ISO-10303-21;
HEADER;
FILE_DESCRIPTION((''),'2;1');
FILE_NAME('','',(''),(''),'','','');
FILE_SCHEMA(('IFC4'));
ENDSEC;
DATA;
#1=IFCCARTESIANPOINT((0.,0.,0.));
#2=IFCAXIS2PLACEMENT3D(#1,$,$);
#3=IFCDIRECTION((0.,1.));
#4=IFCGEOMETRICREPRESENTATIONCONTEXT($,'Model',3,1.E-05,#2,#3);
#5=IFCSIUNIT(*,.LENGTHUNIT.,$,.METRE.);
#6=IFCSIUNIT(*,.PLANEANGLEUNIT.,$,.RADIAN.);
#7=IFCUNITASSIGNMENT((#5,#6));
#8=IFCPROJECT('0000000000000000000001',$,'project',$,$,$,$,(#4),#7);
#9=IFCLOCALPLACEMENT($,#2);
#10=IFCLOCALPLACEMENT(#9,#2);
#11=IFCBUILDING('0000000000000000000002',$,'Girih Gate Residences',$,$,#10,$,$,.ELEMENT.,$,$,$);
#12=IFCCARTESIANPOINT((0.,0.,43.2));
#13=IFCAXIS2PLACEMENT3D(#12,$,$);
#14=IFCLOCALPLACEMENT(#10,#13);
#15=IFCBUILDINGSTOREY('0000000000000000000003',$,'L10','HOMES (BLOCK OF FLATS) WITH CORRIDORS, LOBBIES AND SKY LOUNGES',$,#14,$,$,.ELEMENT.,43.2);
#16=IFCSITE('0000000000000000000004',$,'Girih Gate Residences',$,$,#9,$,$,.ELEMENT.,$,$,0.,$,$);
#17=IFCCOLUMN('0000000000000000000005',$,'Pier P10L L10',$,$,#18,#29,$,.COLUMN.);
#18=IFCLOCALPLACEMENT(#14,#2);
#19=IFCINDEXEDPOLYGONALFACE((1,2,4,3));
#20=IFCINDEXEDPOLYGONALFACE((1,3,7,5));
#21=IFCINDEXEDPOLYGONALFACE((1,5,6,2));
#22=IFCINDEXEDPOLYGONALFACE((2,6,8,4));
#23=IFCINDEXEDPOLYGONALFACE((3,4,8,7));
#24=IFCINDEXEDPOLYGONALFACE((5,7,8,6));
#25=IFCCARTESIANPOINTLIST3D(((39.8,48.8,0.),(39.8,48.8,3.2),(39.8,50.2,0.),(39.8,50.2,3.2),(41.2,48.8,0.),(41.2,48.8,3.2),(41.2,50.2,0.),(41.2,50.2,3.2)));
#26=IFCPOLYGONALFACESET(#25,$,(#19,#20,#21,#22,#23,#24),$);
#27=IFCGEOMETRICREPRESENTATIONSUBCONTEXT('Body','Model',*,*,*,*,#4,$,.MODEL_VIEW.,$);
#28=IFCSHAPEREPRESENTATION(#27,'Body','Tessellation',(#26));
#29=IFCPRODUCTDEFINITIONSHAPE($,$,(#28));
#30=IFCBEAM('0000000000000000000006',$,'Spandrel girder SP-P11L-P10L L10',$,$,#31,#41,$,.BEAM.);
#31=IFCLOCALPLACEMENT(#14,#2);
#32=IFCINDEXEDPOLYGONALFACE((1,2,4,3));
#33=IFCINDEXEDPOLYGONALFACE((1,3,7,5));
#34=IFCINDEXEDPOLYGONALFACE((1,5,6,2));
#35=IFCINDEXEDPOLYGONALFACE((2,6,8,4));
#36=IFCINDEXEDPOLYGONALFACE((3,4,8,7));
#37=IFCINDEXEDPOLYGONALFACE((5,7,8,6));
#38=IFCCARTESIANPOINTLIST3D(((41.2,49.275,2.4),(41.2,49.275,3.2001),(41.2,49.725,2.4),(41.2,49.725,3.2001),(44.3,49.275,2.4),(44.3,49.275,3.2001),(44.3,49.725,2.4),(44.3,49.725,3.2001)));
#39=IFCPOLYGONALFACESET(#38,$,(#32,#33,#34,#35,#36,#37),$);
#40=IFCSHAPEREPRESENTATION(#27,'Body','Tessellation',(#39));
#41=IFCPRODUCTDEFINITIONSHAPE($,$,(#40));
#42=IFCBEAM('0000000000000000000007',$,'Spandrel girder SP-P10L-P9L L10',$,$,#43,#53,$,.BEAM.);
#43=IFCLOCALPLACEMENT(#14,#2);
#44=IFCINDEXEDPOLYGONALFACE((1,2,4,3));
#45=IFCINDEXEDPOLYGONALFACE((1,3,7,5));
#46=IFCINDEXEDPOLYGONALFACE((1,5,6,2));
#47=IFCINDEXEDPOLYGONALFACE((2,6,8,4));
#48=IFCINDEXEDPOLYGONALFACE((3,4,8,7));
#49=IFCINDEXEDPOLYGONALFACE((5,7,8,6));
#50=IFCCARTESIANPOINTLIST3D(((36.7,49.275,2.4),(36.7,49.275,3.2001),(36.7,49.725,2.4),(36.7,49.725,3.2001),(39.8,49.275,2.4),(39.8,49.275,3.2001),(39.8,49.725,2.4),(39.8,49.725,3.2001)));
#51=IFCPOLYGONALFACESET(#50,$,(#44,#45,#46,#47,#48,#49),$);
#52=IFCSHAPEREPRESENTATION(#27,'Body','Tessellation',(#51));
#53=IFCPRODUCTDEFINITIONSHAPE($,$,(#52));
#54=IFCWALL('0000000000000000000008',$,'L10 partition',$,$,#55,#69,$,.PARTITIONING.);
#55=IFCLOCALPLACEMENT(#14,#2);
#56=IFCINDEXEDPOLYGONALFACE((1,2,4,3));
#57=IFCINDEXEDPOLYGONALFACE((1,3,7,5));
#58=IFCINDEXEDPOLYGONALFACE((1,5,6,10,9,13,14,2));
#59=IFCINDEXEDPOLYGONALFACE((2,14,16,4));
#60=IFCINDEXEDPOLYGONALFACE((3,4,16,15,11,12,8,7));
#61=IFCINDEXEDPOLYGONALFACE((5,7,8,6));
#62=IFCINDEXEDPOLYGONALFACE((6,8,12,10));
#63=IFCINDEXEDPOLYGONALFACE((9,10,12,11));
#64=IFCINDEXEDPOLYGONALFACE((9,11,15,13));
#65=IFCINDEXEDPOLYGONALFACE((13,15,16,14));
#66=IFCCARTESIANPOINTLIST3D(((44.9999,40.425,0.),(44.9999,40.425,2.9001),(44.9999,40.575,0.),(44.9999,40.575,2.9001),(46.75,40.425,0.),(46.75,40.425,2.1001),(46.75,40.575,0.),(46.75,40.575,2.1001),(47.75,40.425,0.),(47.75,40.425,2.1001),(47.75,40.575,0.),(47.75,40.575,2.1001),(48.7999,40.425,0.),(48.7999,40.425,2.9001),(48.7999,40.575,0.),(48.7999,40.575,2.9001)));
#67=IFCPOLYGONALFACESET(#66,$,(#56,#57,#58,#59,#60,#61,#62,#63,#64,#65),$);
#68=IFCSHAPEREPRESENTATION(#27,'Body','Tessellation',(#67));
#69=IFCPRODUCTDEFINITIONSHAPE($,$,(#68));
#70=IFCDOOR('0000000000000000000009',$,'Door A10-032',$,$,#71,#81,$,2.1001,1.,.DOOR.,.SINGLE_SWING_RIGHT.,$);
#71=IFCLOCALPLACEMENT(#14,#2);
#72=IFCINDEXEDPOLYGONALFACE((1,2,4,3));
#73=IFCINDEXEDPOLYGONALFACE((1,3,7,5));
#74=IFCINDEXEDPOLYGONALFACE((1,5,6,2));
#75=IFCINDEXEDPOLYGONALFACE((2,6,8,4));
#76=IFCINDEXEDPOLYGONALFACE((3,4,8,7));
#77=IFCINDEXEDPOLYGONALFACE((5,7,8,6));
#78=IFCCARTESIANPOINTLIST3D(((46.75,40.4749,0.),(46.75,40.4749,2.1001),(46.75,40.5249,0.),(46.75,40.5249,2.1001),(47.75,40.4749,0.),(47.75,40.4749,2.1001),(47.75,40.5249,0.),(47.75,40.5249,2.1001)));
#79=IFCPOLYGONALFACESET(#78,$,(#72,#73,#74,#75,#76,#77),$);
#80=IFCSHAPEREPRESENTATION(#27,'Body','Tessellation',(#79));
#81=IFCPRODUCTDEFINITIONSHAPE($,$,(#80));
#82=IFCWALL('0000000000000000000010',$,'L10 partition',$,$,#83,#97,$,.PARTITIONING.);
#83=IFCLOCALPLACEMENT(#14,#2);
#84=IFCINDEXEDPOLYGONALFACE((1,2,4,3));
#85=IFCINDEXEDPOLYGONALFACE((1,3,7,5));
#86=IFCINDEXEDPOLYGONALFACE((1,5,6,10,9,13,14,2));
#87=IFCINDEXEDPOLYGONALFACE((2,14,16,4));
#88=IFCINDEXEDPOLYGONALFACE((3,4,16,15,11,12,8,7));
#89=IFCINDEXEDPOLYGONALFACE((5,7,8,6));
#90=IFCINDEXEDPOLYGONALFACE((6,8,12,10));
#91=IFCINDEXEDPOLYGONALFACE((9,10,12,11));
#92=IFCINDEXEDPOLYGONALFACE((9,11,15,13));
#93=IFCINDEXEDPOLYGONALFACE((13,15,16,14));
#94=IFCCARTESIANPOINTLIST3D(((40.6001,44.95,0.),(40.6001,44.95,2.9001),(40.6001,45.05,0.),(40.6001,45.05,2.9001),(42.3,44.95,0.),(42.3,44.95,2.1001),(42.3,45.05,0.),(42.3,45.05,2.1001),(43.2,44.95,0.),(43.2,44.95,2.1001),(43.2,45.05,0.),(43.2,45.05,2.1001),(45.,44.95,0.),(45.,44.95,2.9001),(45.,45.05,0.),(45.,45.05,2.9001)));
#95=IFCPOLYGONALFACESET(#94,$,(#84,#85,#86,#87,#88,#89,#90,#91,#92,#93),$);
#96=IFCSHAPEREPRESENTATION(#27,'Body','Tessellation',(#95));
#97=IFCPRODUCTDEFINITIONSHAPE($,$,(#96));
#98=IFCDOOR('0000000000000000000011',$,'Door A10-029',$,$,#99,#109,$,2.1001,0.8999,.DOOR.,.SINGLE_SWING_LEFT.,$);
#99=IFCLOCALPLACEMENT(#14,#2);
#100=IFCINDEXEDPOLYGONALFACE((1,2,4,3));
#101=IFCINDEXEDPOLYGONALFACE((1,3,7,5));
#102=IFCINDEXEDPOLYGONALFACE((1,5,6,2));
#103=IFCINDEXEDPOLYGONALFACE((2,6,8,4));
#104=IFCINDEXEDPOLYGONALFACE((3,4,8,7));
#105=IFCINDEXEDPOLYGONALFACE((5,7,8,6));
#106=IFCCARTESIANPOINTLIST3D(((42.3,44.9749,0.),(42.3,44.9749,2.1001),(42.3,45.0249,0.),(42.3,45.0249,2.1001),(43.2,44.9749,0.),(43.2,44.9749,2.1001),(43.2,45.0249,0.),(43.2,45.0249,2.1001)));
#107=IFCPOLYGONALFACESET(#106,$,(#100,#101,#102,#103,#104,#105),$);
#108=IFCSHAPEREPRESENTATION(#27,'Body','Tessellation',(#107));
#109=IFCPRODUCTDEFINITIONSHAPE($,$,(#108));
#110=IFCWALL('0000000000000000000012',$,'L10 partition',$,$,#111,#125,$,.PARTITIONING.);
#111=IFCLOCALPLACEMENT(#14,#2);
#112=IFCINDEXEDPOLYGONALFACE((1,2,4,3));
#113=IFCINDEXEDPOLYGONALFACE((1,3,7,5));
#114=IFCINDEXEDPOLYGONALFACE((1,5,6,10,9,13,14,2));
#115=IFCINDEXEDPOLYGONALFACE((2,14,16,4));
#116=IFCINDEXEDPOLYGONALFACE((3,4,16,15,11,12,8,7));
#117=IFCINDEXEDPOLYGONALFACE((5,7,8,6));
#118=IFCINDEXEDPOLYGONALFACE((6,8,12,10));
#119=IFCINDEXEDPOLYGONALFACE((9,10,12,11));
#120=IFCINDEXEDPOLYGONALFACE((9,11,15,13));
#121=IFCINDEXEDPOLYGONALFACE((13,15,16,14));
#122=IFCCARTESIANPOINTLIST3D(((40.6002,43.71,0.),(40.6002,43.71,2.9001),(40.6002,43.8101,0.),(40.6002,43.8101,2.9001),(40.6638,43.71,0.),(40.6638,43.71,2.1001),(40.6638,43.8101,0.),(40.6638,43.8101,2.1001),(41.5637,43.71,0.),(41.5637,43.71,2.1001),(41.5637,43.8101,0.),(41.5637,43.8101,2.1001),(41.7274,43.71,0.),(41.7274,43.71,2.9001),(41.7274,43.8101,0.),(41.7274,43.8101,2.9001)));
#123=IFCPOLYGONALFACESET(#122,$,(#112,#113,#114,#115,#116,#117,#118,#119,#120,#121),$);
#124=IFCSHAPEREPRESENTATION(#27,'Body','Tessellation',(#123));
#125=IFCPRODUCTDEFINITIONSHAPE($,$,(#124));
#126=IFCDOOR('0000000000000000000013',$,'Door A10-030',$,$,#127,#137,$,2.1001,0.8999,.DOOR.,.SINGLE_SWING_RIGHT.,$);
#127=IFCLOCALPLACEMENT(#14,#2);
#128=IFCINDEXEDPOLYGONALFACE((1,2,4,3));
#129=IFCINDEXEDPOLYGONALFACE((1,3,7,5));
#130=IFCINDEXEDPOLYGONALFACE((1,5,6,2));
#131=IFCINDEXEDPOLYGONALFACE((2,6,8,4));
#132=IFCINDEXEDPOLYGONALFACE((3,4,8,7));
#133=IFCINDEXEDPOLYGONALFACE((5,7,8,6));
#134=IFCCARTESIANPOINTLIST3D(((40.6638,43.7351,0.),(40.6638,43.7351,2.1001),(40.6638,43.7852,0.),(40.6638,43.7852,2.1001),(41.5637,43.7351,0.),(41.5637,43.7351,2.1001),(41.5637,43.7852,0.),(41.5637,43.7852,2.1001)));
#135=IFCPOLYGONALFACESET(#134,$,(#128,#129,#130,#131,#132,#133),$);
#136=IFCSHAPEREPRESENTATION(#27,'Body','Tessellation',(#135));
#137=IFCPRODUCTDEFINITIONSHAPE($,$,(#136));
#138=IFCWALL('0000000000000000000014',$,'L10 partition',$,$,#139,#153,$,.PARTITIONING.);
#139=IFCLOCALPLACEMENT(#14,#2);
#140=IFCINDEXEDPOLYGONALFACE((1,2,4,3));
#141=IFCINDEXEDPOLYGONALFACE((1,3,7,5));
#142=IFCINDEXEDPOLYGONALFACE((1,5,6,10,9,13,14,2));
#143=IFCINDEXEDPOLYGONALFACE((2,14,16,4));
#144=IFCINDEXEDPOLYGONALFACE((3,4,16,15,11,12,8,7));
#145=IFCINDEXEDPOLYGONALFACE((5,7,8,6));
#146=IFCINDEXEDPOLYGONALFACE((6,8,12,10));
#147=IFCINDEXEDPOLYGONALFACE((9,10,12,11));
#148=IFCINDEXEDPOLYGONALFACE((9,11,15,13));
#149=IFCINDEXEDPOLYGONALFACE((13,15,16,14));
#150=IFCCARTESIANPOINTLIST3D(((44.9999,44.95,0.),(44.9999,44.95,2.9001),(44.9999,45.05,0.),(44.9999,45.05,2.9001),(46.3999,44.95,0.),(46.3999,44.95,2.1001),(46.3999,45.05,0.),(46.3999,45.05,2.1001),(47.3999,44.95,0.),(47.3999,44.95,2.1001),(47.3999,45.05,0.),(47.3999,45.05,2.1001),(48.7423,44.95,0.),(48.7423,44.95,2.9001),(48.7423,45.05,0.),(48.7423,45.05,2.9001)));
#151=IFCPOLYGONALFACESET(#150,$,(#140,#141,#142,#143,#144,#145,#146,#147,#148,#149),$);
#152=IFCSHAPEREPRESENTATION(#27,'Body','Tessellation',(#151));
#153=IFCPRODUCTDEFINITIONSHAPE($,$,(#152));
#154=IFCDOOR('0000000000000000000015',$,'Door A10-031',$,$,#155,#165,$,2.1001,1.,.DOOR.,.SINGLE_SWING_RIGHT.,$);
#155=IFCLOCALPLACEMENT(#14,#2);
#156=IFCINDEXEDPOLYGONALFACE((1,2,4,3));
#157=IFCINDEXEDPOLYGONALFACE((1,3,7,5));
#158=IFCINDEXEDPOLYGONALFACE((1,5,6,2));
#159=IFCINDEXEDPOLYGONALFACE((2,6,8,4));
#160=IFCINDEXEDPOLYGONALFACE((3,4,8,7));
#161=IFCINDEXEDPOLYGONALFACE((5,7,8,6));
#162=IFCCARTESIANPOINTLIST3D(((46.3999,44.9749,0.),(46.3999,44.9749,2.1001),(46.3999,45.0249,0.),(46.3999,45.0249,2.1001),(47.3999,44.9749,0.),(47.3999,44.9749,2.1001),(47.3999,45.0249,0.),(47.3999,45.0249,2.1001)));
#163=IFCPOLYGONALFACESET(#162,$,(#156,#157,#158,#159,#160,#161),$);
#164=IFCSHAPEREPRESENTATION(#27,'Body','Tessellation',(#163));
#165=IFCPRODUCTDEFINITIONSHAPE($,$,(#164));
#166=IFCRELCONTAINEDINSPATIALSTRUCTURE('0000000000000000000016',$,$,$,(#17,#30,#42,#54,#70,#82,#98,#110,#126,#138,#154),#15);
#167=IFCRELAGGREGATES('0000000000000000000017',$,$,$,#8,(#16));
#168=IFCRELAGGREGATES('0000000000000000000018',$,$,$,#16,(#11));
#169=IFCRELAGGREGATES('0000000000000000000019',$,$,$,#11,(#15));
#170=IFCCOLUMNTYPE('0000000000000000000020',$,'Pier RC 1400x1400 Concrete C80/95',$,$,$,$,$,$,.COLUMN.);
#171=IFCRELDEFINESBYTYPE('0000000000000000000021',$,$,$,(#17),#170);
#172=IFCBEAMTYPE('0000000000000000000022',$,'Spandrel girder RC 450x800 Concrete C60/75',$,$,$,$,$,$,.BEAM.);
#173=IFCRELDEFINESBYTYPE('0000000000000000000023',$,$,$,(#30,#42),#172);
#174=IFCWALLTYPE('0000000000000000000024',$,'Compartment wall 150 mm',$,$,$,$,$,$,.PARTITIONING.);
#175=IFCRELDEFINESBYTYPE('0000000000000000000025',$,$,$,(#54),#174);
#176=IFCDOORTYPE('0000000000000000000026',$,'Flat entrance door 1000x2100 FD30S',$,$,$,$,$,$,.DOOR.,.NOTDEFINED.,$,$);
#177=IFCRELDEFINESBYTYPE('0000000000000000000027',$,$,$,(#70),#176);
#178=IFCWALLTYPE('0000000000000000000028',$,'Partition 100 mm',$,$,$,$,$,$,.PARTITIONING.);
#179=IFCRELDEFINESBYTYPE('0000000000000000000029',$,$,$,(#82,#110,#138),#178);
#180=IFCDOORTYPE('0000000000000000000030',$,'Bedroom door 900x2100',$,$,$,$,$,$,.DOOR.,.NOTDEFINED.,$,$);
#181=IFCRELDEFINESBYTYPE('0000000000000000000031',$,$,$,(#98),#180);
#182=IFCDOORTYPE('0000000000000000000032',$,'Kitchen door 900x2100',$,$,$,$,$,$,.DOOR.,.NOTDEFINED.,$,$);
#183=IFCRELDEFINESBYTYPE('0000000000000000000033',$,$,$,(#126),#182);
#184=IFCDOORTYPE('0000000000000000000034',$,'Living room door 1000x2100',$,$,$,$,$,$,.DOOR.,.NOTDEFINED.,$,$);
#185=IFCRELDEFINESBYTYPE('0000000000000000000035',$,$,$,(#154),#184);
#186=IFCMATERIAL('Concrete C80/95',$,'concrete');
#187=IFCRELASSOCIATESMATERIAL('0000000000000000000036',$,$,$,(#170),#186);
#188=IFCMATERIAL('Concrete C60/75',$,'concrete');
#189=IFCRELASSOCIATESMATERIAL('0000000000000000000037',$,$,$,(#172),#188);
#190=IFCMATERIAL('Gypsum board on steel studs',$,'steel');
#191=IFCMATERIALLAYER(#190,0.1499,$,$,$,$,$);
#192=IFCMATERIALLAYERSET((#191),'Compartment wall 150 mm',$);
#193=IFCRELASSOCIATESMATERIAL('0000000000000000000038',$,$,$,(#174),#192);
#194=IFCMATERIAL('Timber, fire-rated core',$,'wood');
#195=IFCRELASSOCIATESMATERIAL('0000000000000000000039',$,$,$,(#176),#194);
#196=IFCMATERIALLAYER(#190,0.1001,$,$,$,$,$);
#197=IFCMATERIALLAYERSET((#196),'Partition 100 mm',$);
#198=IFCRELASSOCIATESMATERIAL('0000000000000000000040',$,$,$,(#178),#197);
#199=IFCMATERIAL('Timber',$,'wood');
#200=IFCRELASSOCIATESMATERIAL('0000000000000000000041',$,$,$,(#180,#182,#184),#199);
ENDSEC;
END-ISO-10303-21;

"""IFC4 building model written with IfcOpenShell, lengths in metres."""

from ifc_helpers import new_model, si_unit, direction, frame, frame_2d, origin, origin_2d, place, context, subcontext, project, spatial, rectangle, extrude, material, layer, layer_set, material_profile, profile_set, type_object, element, fill, save


model = new_model("IFC4")

# Units and contexts
model_context = context("Model", 3, precision=1e-05, world=origin(), true_north=direction((0.0, 1.0)))
body_context = subcontext(model_context, "Body", "Model", "MODEL_VIEW")
ifc_project = project(units=[si_unit("LENGTHUNIT", "METRE"), si_unit("PLANEANGLEUNIT", "RADIAN")], contexts=[model_context])

# Site, building, storey
site_placement = place(None, origin())
site = spatial("IfcSite", under=ifc_project, at=site_placement, Name="Girih Gate Residences", CompositionType="ELEMENT", RefElevation=0.0)
building_placement = place(site_placement, origin())
building = spatial("IfcBuilding", under=site, at=building_placement, Name="Girih Gate Residences", CompositionType="ELEMENT")
storey_placement = place(building_placement, frame((0.0, 0.0, 43.2)))
storey = spatial("IfcBuildingStorey", under=building, at=storey_placement, Name="L10", Description="HOMES (BLOCK OF FLATS) WITH CORRIDORS, LOBBIES AND SKY LOUNGES", CompositionType="ELEMENT", Elevation=43.2)

# Column
ifc_material_1 = material(Name="Concrete C80/95", Category="concrete")
ifc_material_profile_1 = material_profile(ifc_material_1, rectangle(XDim=1.3999, YDim=1.3999, at=origin_2d()))
ifc_profile_set_1 = profile_set([ifc_material_profile_1], Name="Concrete C80/95")
column_type = type_object("IfcColumnType", Name="Pier RC 1400x1400 Concrete C80/95", PredefinedType="COLUMN", material=ifc_profile_set_1)
column_placement = place(storey_placement, frame((40.5, 49.5, 0.0), z_axis=(0.0, 0.0, 1.0), x_axis=(1.0, 0.0, 0.0)))
element("IfcColumn", 1, at=column_placement, inside=storey, type_object=column_type, Name="Pier P10L L10", PredefinedType="COLUMN", context=body_context, shape_type="SweptSolid", body=[
    extrude(rectangle(XDim=1.3999, YDim=1.3999, at=origin_2d()), origin(), (0.0, 0.0, 1.0), 3.2),
])

# Beams
ifc_material_2 = material(Name="Concrete C60/75", Category="concrete")
ifc_material_profile_2 = material_profile(ifc_material_2, rectangle(XDim=0.45, YDim=0.8, at=origin_2d()))
ifc_profile_set_2 = profile_set([ifc_material_profile_2], Name="Concrete C60/75")
beam_type = type_object("IfcBeamType", Name="Spandrel girder RC 450x800 Concrete C60/75", PredefinedType="BEAM", material=ifc_profile_set_2)
for number, where, z_axis, x_axis, name in (
    (2, (44.3, 49.5, 2.8), (-1.0, 0.0, 0.0), (0.0, -1.0, 0.0), "Spandrel girder SP-P11L-P10L L10"),
    (3, (39.8, 49.5, 2.8), (-1.0, 0.0, 0.0), (0.0, -1.0, 0.0), "Spandrel girder SP-P10L-P9L L10"),
):
    element("IfcBeam", number, at=place(storey_placement, frame(where, z_axis=z_axis, x_axis=x_axis)), inside=storey, type_object=beam_type, Name=name, PredefinedType="BEAM", context=body_context, shape_type="SweptSolid", body=[
        extrude(rectangle(XDim=0.45, YDim=0.8, at=origin_2d()), origin(), (0.0, 0.0, 1.0), 3.1001),
    ])

# Walls, openings, doors
ifc_material_3 = material(Name="Gypsum board on steel studs", Category="steel")
ifc_layer_1 = layer(ifc_material_3, 0.1499)
ifc_layer_set_1 = layer_set([ifc_layer_1], Name="Compartment wall 150 mm")
wall_type_1 = type_object("IfcWallType", Name="Compartment wall 150 mm", PredefinedType="PARTITIONING", material=ifc_layer_set_1)
wall_1_placement = place(storey_placement, frame((45.0, 40.5, 0.0), z_axis=(0.0, 0.0, 1.0), x_axis=(1.0, 0.0, 0.0)))
wall_1 = element("IfcWall", 4, at=wall_1_placement, inside=storey, type_object=wall_type_1, Name="L10 partition", PredefinedType="PARTITIONING", context=body_context, shape_type="SweptSolid", body=[
    extrude(rectangle(XDim=3.8, YDim=0.1499, at=frame_2d((1.8999, 0.0))), origin(), (0.0, 0.0, 1.0), 2.9001),
])
opening_1_placement = place(wall_1_placement, frame((1.75, 0.0, 0.0)))
opening_1 = element("IfcOpeningElement", 5, at=opening_1_placement, cuts=wall_1, PredefinedType="OPENING", context=body_context, shape_type="SweptSolid", body=[
    extrude(rectangle(XDim=1.0, YDim=2.1001, at=frame_2d((0.5, 1.05))), frame((0.0, 0.085, 0.0), z_axis=(0.0, -1.0, 0.0), x_axis=(1.0, 0.0, 0.0)), (0.0, 0.0, 1.0), 0.1699),
])
ifc_material_4 = material(Name="Timber, fire-rated core", Category="wood")
door_type_1 = type_object("IfcDoorType", Name="Flat entrance door 1000x2100 FD30S", OperationType="NOTDEFINED", PredefinedType="DOOR", material=ifc_material_4)
door_1_placement = place(opening_1_placement, origin())
door_1 = element("IfcDoor", 6, at=door_1_placement, inside=storey, type_object=door_type_1, Name="Door A10-032", OperationType="SINGLE_SWING_RIGHT", OverallHeight=2.1001, OverallWidth=1.0, PredefinedType="DOOR", context=body_context, shape_type="SweptSolid", body=[
    extrude(rectangle(XDim=1.0, YDim=2.1001, at=frame_2d((0.5, 1.05))), frame((0.0, 0.0249, 0.0), z_axis=(0.0, -1.0, 0.0), x_axis=(1.0, 0.0, 0.0)), (0.0, 0.0, 1.0), 0.05),
])
fill(opening_1, door_1)
ifc_layer_2 = layer(ifc_material_3, 0.1001)
ifc_layer_set_2 = layer_set([ifc_layer_2], Name="Partition 100 mm")
wall_type_2 = type_object("IfcWallType", Name="Partition 100 mm", PredefinedType="PARTITIONING", material=ifc_layer_set_2)
wall_2_placement = place(storey_placement, frame((40.6001, 45.0, 0.0), z_axis=(0.0, 0.0, 1.0), x_axis=(1.0, 0.0, 0.0)))
wall_2 = element("IfcWall", 7, at=wall_2_placement, inside=storey, type_object=wall_type_2, Name="L10 partition", PredefinedType="PARTITIONING", context=body_context, shape_type="SweptSolid", body=[
    extrude(rectangle(XDim=4.3999, YDim=0.1001, at=frame_2d((2.2, 0.0))), origin(), (0.0, 0.0, 1.0), 2.9001),
])
opening_2_placement = place(wall_2_placement, frame((1.7, 0.0, 0.0)))
opening_2 = element("IfcOpeningElement", 8, at=opening_2_placement, cuts=wall_2, PredefinedType="OPENING", context=body_context, shape_type="SweptSolid", body=[
    extrude(rectangle(XDim=0.8999, YDim=2.1001, at=frame_2d((0.45, 1.05))), frame((0.0, 0.0601, 0.0), z_axis=(0.0, -1.0, 0.0), x_axis=(1.0, 0.0, 0.0)), (0.0, 0.0, 1.0), 0.1201),
])
ifc_material_5 = material(Name="Timber", Category="wood")
door_type_2 = type_object("IfcDoorType", Name="Bedroom door 900x2100", OperationType="NOTDEFINED", PredefinedType="DOOR", material=ifc_material_5)
door_2_placement = place(opening_2_placement, origin())
door_2 = element("IfcDoor", 9, at=door_2_placement, inside=storey, type_object=door_type_2, Name="Door A10-029", OperationType="SINGLE_SWING_LEFT", OverallHeight=2.1001, OverallWidth=0.8999, PredefinedType="DOOR", context=body_context, shape_type="SweptSolid", body=[
    extrude(rectangle(XDim=0.8999, YDim=2.1001, at=frame_2d((0.45, 1.05))), frame((0.0, 0.0249, 0.0), z_axis=(0.0, -1.0, 0.0), x_axis=(1.0, 0.0, 0.0)), (0.0, 0.0, 1.0), 0.05),
])
fill(opening_2, door_2)
wall_3_placement = place(storey_placement, frame((41.7273, 43.76, 0.0), z_axis=(0.0, 0.0, 1.0), x_axis=(-1.0, 0.0, 0.0)))
wall_3 = element("IfcWall", 10, at=wall_3_placement, inside=storey, type_object=wall_type_2, Name="L10 partition", PredefinedType="PARTITIONING", context=body_context, shape_type="SweptSolid", body=[
    extrude(rectangle(XDim=1.1272, YDim=0.1001, at=frame_2d((0.5635, 0.0))), origin(), (0.0, 0.0, 1.0), 2.9001),
])
opening_3_placement = place(wall_3_placement, frame((0.1636, 0.0, 0.0)))
opening_3 = element("IfcOpeningElement", 11, at=opening_3_placement, cuts=wall_3, PredefinedType="OPENING", context=body_context, shape_type="SweptSolid", body=[
    extrude(rectangle(XDim=0.8999, YDim=2.1001, at=frame_2d((0.45, 1.05))), frame((0.0, 0.0601, 0.0), z_axis=(0.0, -1.0, 0.0), x_axis=(1.0, 0.0, 0.0)), (0.0, 0.0, 1.0), 0.1201),
])
door_type_3 = type_object("IfcDoorType", Name="Kitchen door 900x2100", OperationType="NOTDEFINED", PredefinedType="DOOR", material=ifc_material_5)
door_3_placement = place(opening_3_placement, origin())
door_3 = element("IfcDoor", 12, at=door_3_placement, inside=storey, type_object=door_type_3, Name="Door A10-030", OperationType="SINGLE_SWING_RIGHT", OverallHeight=2.1001, OverallWidth=0.8999, PredefinedType="DOOR", context=body_context, shape_type="SweptSolid", body=[
    extrude(rectangle(XDim=0.8999, YDim=2.1001, at=frame_2d((0.45, 1.05))), frame((0.0, 0.0249, 0.0), z_axis=(0.0, -1.0, 0.0), x_axis=(1.0, 0.0, 0.0)), (0.0, 0.0, 1.0), 0.05),
])
fill(opening_3, door_3)
wall_4_placement = place(storey_placement, frame((45.0, 45.0, 0.0), z_axis=(0.0, 0.0, 1.0), x_axis=(1.0, 0.0, 0.0)))
wall_4 = element("IfcWall", 13, at=wall_4_placement, inside=storey, type_object=wall_type_2, Name="L10 partition", PredefinedType="PARTITIONING", context=body_context, shape_type="SweptSolid", body=[
    extrude(rectangle(XDim=3.7424, YDim=0.1001, at=frame_2d((1.8711, 0.0))), origin(), (0.0, 0.0, 1.0), 2.9001),
])
opening_4_placement = place(wall_4_placement, frame((1.3999, 0.0, 0.0)))
opening_4 = element("IfcOpeningElement", 14, at=opening_4_placement, cuts=wall_4, PredefinedType="OPENING", context=body_context, shape_type="SweptSolid", body=[
    extrude(rectangle(XDim=1.0, YDim=2.1001, at=frame_2d((0.5, 1.05))), frame((0.0, 0.0601, 0.0), z_axis=(0.0, -1.0, 0.0), x_axis=(1.0, 0.0, 0.0)), (0.0, 0.0, 1.0), 0.1201),
])
door_type_4 = type_object("IfcDoorType", Name="Living room door 1000x2100", OperationType="NOTDEFINED", PredefinedType="DOOR", material=ifc_material_5)
door_4_placement = place(opening_4_placement, origin())
door_4 = element("IfcDoor", 15, at=door_4_placement, inside=storey, type_object=door_type_4, Name="Door A10-031", OperationType="SINGLE_SWING_RIGHT", OverallHeight=2.1001, OverallWidth=1.0, PredefinedType="DOOR", context=body_context, shape_type="SweptSolid", body=[
    extrude(rectangle(XDim=1.0, YDim=2.1001, at=frame_2d((0.5, 1.05))), frame((0.0, 0.0249, 0.0), z_axis=(0.0, -1.0, 0.0), x_axis=(1.0, 0.0, 0.0)), (0.0, 0.0, 1.0), 0.05),
])
fill(opening_4, door_4)

save(model, "model.ifc")
